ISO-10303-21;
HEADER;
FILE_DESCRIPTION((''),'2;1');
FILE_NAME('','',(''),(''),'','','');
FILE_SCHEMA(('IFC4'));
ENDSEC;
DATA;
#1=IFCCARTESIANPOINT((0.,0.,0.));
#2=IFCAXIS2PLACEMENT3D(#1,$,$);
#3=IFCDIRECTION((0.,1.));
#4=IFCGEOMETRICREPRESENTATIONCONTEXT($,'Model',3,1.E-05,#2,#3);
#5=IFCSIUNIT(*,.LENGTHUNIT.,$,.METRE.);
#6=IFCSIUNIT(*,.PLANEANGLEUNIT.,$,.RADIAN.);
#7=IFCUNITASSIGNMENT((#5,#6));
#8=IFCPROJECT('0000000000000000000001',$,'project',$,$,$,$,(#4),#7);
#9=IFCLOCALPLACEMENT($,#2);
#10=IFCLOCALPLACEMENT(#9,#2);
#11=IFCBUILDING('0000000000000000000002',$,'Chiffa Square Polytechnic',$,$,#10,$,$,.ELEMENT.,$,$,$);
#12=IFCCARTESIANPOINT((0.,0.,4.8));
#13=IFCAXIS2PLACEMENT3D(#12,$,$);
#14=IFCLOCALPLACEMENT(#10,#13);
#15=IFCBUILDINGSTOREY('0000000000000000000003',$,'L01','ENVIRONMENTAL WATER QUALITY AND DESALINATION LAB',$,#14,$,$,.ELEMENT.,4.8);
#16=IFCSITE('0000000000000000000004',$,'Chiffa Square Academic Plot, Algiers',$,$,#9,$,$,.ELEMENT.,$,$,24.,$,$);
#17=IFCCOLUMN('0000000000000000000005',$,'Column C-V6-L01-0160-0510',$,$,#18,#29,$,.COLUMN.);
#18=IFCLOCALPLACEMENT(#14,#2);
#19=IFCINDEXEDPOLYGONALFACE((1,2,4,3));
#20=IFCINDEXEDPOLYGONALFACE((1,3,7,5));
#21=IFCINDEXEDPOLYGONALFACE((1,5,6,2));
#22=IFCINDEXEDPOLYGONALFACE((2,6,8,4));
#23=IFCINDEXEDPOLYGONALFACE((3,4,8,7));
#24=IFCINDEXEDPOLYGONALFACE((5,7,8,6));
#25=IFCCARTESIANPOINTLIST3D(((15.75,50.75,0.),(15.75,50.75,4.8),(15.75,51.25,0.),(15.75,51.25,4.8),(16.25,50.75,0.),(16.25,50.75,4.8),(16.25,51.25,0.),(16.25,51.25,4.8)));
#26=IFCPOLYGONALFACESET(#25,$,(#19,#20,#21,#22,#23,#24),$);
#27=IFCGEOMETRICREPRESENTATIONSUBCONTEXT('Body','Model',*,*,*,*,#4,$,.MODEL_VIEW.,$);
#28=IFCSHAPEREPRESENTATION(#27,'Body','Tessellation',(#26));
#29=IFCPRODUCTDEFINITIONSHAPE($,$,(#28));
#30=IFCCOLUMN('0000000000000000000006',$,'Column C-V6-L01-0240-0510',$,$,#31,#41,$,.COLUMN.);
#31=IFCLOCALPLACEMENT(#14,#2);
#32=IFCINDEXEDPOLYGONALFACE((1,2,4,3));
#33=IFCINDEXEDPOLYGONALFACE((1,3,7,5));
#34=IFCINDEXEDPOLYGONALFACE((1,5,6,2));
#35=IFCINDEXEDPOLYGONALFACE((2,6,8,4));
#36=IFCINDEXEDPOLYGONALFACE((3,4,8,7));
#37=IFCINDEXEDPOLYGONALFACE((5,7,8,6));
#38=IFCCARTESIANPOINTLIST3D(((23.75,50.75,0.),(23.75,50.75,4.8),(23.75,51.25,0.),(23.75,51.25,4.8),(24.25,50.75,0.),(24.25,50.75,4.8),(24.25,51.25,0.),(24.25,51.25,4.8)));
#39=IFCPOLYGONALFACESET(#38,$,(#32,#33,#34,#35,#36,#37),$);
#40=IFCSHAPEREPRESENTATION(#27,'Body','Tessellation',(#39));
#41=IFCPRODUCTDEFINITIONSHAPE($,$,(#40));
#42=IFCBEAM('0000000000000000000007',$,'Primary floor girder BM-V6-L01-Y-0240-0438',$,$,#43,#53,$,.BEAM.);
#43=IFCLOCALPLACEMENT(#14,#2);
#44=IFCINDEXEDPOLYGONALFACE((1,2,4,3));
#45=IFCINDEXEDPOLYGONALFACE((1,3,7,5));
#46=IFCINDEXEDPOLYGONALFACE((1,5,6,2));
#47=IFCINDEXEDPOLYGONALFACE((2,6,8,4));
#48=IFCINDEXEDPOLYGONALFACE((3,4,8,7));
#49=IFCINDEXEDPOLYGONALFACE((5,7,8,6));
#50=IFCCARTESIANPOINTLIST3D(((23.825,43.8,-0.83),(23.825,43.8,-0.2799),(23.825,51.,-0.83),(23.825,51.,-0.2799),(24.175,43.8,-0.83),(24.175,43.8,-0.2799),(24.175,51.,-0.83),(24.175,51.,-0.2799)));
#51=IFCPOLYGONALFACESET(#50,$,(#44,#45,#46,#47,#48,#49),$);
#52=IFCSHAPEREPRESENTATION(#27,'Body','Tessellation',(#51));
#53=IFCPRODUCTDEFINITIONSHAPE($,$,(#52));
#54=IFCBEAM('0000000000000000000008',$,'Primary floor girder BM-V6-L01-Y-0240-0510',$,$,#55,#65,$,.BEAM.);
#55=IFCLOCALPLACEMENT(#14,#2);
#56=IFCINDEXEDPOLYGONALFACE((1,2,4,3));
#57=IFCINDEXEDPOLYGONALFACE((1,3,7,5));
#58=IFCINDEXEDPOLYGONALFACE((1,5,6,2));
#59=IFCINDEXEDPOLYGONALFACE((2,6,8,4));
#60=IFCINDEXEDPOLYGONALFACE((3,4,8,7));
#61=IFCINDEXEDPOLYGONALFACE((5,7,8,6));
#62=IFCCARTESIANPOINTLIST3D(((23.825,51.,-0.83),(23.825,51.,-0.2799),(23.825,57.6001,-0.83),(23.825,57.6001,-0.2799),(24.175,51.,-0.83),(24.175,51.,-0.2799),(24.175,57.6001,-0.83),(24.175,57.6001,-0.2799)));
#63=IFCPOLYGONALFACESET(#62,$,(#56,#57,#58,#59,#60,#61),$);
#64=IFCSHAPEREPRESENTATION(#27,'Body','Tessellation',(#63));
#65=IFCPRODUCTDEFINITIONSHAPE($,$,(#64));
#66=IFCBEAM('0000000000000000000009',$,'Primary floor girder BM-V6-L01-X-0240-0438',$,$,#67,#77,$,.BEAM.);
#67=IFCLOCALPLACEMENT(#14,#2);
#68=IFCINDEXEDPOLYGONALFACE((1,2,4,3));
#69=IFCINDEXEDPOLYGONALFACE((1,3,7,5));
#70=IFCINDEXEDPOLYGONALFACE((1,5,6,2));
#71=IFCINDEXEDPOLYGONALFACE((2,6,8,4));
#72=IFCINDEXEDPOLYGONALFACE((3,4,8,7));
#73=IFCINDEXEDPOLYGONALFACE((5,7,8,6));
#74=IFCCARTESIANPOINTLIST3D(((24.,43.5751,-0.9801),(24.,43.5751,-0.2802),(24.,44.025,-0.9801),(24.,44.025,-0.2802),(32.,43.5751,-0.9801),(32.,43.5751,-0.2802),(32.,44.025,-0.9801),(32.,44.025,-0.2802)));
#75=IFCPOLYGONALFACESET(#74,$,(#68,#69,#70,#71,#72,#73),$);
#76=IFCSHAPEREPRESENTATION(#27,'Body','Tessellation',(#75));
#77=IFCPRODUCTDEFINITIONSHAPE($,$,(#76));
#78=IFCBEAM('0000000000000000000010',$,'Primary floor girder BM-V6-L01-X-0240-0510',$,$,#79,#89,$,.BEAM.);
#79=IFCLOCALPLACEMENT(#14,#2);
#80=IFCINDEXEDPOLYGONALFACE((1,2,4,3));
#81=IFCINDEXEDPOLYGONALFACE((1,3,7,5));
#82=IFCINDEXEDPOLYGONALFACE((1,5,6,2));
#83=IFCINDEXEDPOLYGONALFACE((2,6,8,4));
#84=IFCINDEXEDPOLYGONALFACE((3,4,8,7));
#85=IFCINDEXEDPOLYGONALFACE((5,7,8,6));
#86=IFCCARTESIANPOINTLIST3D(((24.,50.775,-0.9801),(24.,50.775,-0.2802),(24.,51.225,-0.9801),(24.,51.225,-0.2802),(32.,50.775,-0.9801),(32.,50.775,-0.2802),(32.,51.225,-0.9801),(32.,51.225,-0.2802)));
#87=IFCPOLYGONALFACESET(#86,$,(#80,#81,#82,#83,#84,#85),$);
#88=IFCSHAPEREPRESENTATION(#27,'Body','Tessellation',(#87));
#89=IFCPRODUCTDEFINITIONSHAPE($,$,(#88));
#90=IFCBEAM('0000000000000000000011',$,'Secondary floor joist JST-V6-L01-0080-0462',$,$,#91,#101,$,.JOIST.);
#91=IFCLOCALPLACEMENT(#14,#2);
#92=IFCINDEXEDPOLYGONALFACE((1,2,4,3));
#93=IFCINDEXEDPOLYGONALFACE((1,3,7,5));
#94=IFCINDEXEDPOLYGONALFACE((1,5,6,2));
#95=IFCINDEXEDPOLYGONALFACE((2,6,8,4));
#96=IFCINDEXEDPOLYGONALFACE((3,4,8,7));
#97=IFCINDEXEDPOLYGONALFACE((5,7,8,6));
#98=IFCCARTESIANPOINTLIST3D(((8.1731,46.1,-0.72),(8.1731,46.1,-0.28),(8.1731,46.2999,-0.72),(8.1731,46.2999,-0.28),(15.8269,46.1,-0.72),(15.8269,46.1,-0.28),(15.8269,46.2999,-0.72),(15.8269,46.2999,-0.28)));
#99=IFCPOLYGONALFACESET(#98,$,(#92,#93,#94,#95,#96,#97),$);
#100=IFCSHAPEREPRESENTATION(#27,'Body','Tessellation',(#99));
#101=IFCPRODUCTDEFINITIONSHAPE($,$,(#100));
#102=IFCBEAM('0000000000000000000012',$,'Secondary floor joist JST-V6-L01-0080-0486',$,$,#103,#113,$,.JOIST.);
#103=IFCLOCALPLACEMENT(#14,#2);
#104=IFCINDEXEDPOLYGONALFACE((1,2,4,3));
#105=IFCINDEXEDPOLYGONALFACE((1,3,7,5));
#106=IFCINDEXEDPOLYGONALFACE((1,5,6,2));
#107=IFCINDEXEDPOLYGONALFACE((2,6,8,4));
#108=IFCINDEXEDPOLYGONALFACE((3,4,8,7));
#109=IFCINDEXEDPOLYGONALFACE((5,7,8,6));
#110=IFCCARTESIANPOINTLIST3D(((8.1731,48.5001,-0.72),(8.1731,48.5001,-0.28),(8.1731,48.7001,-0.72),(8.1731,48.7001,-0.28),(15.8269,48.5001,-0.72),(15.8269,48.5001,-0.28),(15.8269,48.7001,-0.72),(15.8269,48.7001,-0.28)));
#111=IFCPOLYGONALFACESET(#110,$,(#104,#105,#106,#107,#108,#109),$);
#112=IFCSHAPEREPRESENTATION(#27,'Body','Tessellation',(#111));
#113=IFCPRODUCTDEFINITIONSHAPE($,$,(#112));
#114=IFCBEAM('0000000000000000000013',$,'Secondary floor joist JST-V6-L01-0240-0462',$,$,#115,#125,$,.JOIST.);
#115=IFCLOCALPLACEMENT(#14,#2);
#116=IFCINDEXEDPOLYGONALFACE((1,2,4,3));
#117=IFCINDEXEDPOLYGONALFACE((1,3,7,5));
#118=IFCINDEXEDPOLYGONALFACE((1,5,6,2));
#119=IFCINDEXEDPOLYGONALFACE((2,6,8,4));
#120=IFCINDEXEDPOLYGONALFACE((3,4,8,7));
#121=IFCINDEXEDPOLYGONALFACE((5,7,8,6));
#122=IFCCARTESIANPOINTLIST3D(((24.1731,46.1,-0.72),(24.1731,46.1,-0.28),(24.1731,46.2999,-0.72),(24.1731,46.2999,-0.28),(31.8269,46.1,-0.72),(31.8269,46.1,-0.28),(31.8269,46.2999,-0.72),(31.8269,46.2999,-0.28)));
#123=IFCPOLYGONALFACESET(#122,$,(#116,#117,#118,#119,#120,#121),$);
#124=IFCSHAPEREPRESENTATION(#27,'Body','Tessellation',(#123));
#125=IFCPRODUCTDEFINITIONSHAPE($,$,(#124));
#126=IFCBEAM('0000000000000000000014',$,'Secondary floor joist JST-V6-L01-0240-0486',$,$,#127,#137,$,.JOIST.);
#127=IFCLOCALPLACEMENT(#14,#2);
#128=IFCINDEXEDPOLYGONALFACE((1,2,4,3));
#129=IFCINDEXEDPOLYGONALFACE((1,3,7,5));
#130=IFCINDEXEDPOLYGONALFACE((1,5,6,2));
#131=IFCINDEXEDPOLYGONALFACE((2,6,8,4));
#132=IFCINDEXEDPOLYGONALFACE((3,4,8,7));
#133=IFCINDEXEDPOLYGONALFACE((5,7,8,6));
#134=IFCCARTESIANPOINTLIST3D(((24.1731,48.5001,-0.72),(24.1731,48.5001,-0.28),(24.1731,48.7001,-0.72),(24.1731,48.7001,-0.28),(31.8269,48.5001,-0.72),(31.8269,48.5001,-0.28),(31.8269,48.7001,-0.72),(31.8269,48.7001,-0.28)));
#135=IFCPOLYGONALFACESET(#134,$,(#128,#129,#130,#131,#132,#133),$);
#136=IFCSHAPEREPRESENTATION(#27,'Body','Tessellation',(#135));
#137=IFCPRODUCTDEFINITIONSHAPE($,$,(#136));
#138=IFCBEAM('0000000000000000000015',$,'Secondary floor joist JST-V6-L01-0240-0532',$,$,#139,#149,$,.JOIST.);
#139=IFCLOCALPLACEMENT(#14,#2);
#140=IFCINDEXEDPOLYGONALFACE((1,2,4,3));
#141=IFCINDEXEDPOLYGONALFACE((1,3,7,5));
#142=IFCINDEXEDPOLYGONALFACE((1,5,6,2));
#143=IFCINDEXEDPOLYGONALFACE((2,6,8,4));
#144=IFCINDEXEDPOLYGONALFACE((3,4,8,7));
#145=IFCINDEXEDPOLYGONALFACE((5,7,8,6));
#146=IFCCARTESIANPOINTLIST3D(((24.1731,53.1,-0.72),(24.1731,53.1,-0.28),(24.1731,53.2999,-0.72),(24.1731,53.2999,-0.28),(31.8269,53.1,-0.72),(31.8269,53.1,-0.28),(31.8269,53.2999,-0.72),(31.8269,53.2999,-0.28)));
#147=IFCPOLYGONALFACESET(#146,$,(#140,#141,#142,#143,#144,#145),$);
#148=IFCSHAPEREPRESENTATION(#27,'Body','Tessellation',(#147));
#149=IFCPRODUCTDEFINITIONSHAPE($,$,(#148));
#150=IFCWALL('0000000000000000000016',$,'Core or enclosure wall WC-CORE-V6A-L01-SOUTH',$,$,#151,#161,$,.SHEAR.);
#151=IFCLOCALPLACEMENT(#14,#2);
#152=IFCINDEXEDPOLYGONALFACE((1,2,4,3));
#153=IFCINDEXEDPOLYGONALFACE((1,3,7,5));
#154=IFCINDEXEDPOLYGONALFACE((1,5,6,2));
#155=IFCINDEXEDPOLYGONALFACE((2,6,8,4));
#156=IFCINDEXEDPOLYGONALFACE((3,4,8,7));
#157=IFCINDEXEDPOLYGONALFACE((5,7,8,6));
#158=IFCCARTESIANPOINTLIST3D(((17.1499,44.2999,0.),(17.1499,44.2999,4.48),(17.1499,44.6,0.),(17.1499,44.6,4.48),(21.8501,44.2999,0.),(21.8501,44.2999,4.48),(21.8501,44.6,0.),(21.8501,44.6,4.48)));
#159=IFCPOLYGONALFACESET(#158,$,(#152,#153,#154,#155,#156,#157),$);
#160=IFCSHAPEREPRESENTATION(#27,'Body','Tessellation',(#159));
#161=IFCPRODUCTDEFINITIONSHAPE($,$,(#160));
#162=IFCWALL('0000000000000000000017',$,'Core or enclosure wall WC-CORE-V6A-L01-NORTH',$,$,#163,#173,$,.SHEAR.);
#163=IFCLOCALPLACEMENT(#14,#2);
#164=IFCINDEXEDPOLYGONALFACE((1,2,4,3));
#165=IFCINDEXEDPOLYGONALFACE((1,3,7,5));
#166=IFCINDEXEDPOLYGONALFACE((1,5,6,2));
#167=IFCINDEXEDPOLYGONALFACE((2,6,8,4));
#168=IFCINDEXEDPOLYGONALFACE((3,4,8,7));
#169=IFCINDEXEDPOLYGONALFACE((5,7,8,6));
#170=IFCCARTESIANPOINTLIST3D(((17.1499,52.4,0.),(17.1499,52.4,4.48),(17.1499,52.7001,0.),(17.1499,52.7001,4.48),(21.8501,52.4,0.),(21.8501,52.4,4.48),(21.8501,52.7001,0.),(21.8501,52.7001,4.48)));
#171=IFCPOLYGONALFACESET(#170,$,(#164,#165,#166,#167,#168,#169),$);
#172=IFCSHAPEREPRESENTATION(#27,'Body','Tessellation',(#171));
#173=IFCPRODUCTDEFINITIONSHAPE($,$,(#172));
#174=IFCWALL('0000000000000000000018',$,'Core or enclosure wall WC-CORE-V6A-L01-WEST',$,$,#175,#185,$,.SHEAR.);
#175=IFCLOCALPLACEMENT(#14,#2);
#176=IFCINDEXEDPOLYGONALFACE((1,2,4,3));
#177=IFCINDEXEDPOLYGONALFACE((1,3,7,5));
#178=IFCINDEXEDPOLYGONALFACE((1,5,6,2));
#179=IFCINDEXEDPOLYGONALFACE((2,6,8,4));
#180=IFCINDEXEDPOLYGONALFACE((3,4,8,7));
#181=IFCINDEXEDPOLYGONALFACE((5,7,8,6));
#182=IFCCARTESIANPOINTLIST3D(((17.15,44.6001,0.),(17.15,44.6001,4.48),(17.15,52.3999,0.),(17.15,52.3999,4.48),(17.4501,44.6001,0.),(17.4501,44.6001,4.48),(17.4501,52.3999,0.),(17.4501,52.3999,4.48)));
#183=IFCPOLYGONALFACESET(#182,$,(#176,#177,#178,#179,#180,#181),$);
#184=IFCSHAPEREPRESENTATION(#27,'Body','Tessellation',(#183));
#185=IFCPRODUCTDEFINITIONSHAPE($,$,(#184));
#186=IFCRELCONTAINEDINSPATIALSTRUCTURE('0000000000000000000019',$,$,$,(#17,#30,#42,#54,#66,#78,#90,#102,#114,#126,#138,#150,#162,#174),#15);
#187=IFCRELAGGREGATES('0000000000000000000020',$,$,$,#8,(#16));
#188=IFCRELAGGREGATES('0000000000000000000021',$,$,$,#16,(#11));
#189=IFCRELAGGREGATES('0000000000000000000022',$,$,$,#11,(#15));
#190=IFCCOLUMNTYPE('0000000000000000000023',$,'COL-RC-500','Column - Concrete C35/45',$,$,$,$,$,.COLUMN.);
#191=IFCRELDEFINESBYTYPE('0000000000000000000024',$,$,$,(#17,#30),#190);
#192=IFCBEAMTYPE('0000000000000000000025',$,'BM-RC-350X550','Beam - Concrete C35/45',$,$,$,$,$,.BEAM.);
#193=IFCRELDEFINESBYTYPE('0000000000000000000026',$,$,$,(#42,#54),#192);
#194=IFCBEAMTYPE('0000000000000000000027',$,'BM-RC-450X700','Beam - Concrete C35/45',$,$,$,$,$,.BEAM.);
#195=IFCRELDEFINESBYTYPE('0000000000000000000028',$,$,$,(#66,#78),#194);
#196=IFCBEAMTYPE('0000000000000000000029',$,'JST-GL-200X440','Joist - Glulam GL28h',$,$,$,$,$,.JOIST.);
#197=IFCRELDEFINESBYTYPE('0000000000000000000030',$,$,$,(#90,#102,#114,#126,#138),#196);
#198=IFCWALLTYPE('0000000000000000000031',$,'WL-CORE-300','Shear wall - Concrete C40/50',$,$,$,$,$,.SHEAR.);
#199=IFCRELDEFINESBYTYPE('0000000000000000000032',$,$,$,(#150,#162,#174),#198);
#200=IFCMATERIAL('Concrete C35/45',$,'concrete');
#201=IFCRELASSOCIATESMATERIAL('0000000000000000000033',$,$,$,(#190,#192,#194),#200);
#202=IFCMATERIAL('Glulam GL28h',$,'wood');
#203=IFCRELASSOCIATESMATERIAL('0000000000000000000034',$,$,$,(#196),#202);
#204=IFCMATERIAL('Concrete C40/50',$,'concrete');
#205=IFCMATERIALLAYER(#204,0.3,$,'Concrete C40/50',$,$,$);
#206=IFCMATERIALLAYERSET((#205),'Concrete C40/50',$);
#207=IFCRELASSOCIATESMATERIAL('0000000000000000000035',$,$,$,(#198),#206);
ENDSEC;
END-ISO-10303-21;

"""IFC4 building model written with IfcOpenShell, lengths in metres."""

from ifc_helpers import new_model, si_unit, direction, frame, frame_2d, origin, origin_2d, place, context, subcontext, project, spatial, rectangle, extrude, material, layer, layer_set, material_profile, profile_set, type_object, element, save


model = new_model("IFC4")

# Units and contexts
model_context = context("Model", 3, precision=1e-05, world=origin(), true_north=direction((0.0, 1.0)))
body_context = subcontext(model_context, "Body", "Model", "MODEL_VIEW")
ifc_project = project(units=[si_unit("LENGTHUNIT", "METRE"), si_unit("PLANEANGLEUNIT", "RADIAN")], contexts=[model_context])

# Site, building, storey
site_placement = place(None, origin())
site = spatial("IfcSite", under=ifc_project, at=site_placement, Name="Chiffa Square Academic Plot, Algiers", CompositionType="ELEMENT", RefElevation=24.0)
building_placement = place(site_placement, origin())
building = spatial("IfcBuilding", under=site, at=building_placement, Name="Chiffa Square Polytechnic", CompositionType="ELEMENT")
storey_placement = place(building_placement, frame((0.0, 0.0, 4.8)))
storey = spatial("IfcBuildingStorey", under=building, at=storey_placement, Name="L01", Description="ENVIRONMENTAL WATER QUALITY AND DESALINATION LAB", CompositionType="ELEMENT", Elevation=4.8)

# Columns
ifc_material_1 = material(Name="Concrete C35/45", Category="concrete")
ifc_material_profile_1 = material_profile(ifc_material_1, rectangle(XDim=0.5, YDim=0.5, at=origin_2d()), Name="RC 500x500")
ifc_profile_set_1 = profile_set([ifc_material_profile_1], Name="Concrete C35/45")
column_type = type_object("IfcColumnType", Name="COL-RC-500", Description="Column - Concrete C35/45", PredefinedType="COLUMN", material=ifc_profile_set_1)
for number, where, z_axis, x_axis, name in (
    (1, (16.0, 51.0, 0.0), (0.0, 0.0, 1.0), (1.0, 0.0, 0.0), "Column C-V6-L01-0160-0510"),
    (2, (24.0, 51.0, 0.0), (0.0, 0.0, 1.0), (1.0, 0.0, 0.0), "Column C-V6-L01-0240-0510"),
):
    element("IfcColumn", number, at=place(storey_placement, frame(where, z_axis=z_axis, x_axis=x_axis)), inside=storey, type_object=column_type, Name=name, PredefinedType="COLUMN", context=body_context, shape_type="SweptSolid", body=[
        extrude(rectangle(XDim=0.5, YDim=0.5, at=origin_2d()), origin(), (0.0, 0.0, 1.0), 4.8),
    ])

# Beams
ifc_material_profile_2 = material_profile(ifc_material_1, rectangle(XDim=0.3501, YDim=0.55, at=origin_2d()), Name="RC 350x550")
ifc_profile_set_2 = profile_set([ifc_material_profile_2], Name="Concrete C35/45")
beam_type_1 = type_object("IfcBeamType", Name="BM-RC-350X550", Description="Beam - Concrete C35/45", PredefinedType="BEAM", material=ifc_profile_set_2)
beam_1_placement = place(storey_placement, frame((24.0, 43.8, -0.5549), z_axis=(0.0, 1.0, 0.0), x_axis=(-1.0, 0.0, 0.0)))
element("IfcBeam", 3, at=beam_1_placement, inside=storey, type_object=beam_type_1, Name="Primary floor girder BM-V6-L01-Y-0240-0438", PredefinedType="BEAM", context=body_context, shape_type="SweptSolid", body=[
    extrude(rectangle(XDim=0.3501, YDim=0.55, at=origin_2d()), origin(), (0.0, 0.0, 1.0), 7.2),
])
beam_2_placement = place(storey_placement, frame((24.0, 51.0, -0.5549), z_axis=(0.0, 1.0, 0.0), x_axis=(-1.0, 0.0, 0.0)))
element("IfcBeam", 4, at=beam_2_placement, inside=storey, type_object=beam_type_1, Name="Primary floor girder BM-V6-L01-Y-0240-0510", PredefinedType="BEAM", context=body_context, shape_type="SweptSolid", body=[
    extrude(rectangle(XDim=0.3501, YDim=0.55, at=origin_2d()), origin(), (0.0, 0.0, 1.0), 6.6001),
])
ifc_material_profile_3 = material_profile(ifc_material_1, rectangle(XDim=0.45, YDim=0.7, at=origin_2d()), Name="RC 450x700")
ifc_profile_set_3 = profile_set([ifc_material_profile_3], Name="Concrete C35/45")
beam_type_2 = type_object("IfcBeamType", Name="BM-RC-450X700", Description="Beam - Concrete C35/45", PredefinedType="BEAM", material=ifc_profile_set_3)
for number, where, z_axis, x_axis, name in (
    (5, (24.0, 43.8, -0.6301), (1.0, 0.0, 0.0), (0.0, 1.0, 0.0), "Primary floor girder BM-V6-L01-X-0240-0438"),
    (6, (24.0, 51.0, -0.6301), (1.0, 0.0, 0.0), (0.0, 1.0, 0.0), "Primary floor girder BM-V6-L01-X-0240-0510"),
):
    element("IfcBeam", number, at=place(storey_placement, frame(where, z_axis=z_axis, x_axis=x_axis)), inside=storey, type_object=beam_type_2, Name=name, PredefinedType="BEAM", context=body_context, shape_type="SweptSolid", body=[
        extrude(rectangle(XDim=0.45, YDim=0.7, at=origin_2d()), origin(), (0.0, 0.0, 1.0), 8.0),
    ])
ifc_material_2 = material(Name="Glulam GL28h", Category="wood")
ifc_material_profile_4 = material_profile(ifc_material_2, rectangle(XDim=0.2, YDim=0.4399, at=origin_2d()), Name="GL28h 200x440")
ifc_profile_set_4 = profile_set([ifc_material_profile_4], Name="Glulam GL28h")
beam_type_3 = type_object("IfcBeamType", Name="JST-GL-200X440", Description="Joist - Glulam GL28h", PredefinedType="JOIST", material=ifc_profile_set_4)
for number, where, z_axis, x_axis, name in (
    (7, (8.1731, 46.2, -0.5), (1.0, 0.0, 0.0), (0.0, 1.0, 0.0), "Secondary floor joist JST-V6-L01-0080-0462"),
    (8, (8.1731, 48.6001, -0.5), (1.0, 0.0, 0.0), (0.0, 1.0, 0.0), "Secondary floor joist JST-V6-L01-0080-0486"),
    (9, (24.1731, 46.2, -0.5), (1.0, 0.0, 0.0), (0.0, 1.0, 0.0), "Secondary floor joist JST-V6-L01-0240-0462"),
    (10, (24.1731, 48.6001, -0.5), (1.0, 0.0, 0.0), (0.0, 1.0, 0.0), "Secondary floor joist JST-V6-L01-0240-0486"),
    (11, (24.1731, 53.2, -0.5), (1.0, 0.0, 0.0), (0.0, 1.0, 0.0), "Secondary floor joist JST-V6-L01-0240-0532"),
):
    element("IfcBeam", number, at=place(storey_placement, frame(where, z_axis=z_axis, x_axis=x_axis)), inside=storey, type_object=beam_type_3, Name=name, PredefinedType="JOIST", context=body_context, shape_type="SweptSolid", body=[
        extrude(rectangle(XDim=0.2, YDim=0.4399, at=origin_2d()), origin(), (0.0, 0.0, 1.0), 7.6538),
    ])

# Walls
ifc_material_3 = material(Name="Concrete C40/50", Category="concrete")
ifc_layer_1 = layer(ifc_material_3, 0.3, Name="Concrete C40/50")
ifc_layer_set_1 = layer_set([ifc_layer_1], Name="Concrete C40/50")
wall_type_1 = type_object("IfcWallType", Name="WL-CORE-300", Description="Shear wall - Concrete C40/50", PredefinedType="SHEAR", material=ifc_layer_set_1)
for number, where, z_axis, x_axis, name in (
    (12, (17.1499, 44.45, 0.0), (0.0, 0.0, 1.0), (1.0, 0.0, 0.0), "Core or enclosure wall WC-CORE-V6A-L01-SOUTH"),
    (13, (17.1499, 52.55, 0.0), (0.0, 0.0, 1.0), (1.0, 0.0, 0.0), "Core or enclosure wall WC-CORE-V6A-L01-NORTH"),
):
    element("IfcWall", number, at=place(storey_placement, frame(where, z_axis=z_axis, x_axis=x_axis)), inside=storey, type_object=wall_type_1, Name=name, PredefinedType="SHEAR", context=body_context, shape_type="SweptSolid", body=[
        extrude(rectangle(XDim=4.7002, YDim=0.3, at=frame_2d((2.3501, 0.0))), origin(), (0.0, 0.0, 1.0), 4.48),
    ])
wall_1_placement = place(storey_placement, frame((17.3, 44.6001, 0.0), z_axis=(0.0, 0.0, 1.0), x_axis=(0.0, 1.0, 0.0)))
element("IfcWall", 14, at=wall_1_placement, inside=storey, type_object=wall_type_1, Name="Core or enclosure wall WC-CORE-V6A-L01-WEST", PredefinedType="SHEAR", context=body_context, shape_type="SweptSolid", body=[
    extrude(rectangle(XDim=7.7998, YDim=0.3, at=frame_2d((3.8999, 0.0))), origin(), (0.0, 0.0, 1.0), 4.48),
])

save(model, "model.ifc")
